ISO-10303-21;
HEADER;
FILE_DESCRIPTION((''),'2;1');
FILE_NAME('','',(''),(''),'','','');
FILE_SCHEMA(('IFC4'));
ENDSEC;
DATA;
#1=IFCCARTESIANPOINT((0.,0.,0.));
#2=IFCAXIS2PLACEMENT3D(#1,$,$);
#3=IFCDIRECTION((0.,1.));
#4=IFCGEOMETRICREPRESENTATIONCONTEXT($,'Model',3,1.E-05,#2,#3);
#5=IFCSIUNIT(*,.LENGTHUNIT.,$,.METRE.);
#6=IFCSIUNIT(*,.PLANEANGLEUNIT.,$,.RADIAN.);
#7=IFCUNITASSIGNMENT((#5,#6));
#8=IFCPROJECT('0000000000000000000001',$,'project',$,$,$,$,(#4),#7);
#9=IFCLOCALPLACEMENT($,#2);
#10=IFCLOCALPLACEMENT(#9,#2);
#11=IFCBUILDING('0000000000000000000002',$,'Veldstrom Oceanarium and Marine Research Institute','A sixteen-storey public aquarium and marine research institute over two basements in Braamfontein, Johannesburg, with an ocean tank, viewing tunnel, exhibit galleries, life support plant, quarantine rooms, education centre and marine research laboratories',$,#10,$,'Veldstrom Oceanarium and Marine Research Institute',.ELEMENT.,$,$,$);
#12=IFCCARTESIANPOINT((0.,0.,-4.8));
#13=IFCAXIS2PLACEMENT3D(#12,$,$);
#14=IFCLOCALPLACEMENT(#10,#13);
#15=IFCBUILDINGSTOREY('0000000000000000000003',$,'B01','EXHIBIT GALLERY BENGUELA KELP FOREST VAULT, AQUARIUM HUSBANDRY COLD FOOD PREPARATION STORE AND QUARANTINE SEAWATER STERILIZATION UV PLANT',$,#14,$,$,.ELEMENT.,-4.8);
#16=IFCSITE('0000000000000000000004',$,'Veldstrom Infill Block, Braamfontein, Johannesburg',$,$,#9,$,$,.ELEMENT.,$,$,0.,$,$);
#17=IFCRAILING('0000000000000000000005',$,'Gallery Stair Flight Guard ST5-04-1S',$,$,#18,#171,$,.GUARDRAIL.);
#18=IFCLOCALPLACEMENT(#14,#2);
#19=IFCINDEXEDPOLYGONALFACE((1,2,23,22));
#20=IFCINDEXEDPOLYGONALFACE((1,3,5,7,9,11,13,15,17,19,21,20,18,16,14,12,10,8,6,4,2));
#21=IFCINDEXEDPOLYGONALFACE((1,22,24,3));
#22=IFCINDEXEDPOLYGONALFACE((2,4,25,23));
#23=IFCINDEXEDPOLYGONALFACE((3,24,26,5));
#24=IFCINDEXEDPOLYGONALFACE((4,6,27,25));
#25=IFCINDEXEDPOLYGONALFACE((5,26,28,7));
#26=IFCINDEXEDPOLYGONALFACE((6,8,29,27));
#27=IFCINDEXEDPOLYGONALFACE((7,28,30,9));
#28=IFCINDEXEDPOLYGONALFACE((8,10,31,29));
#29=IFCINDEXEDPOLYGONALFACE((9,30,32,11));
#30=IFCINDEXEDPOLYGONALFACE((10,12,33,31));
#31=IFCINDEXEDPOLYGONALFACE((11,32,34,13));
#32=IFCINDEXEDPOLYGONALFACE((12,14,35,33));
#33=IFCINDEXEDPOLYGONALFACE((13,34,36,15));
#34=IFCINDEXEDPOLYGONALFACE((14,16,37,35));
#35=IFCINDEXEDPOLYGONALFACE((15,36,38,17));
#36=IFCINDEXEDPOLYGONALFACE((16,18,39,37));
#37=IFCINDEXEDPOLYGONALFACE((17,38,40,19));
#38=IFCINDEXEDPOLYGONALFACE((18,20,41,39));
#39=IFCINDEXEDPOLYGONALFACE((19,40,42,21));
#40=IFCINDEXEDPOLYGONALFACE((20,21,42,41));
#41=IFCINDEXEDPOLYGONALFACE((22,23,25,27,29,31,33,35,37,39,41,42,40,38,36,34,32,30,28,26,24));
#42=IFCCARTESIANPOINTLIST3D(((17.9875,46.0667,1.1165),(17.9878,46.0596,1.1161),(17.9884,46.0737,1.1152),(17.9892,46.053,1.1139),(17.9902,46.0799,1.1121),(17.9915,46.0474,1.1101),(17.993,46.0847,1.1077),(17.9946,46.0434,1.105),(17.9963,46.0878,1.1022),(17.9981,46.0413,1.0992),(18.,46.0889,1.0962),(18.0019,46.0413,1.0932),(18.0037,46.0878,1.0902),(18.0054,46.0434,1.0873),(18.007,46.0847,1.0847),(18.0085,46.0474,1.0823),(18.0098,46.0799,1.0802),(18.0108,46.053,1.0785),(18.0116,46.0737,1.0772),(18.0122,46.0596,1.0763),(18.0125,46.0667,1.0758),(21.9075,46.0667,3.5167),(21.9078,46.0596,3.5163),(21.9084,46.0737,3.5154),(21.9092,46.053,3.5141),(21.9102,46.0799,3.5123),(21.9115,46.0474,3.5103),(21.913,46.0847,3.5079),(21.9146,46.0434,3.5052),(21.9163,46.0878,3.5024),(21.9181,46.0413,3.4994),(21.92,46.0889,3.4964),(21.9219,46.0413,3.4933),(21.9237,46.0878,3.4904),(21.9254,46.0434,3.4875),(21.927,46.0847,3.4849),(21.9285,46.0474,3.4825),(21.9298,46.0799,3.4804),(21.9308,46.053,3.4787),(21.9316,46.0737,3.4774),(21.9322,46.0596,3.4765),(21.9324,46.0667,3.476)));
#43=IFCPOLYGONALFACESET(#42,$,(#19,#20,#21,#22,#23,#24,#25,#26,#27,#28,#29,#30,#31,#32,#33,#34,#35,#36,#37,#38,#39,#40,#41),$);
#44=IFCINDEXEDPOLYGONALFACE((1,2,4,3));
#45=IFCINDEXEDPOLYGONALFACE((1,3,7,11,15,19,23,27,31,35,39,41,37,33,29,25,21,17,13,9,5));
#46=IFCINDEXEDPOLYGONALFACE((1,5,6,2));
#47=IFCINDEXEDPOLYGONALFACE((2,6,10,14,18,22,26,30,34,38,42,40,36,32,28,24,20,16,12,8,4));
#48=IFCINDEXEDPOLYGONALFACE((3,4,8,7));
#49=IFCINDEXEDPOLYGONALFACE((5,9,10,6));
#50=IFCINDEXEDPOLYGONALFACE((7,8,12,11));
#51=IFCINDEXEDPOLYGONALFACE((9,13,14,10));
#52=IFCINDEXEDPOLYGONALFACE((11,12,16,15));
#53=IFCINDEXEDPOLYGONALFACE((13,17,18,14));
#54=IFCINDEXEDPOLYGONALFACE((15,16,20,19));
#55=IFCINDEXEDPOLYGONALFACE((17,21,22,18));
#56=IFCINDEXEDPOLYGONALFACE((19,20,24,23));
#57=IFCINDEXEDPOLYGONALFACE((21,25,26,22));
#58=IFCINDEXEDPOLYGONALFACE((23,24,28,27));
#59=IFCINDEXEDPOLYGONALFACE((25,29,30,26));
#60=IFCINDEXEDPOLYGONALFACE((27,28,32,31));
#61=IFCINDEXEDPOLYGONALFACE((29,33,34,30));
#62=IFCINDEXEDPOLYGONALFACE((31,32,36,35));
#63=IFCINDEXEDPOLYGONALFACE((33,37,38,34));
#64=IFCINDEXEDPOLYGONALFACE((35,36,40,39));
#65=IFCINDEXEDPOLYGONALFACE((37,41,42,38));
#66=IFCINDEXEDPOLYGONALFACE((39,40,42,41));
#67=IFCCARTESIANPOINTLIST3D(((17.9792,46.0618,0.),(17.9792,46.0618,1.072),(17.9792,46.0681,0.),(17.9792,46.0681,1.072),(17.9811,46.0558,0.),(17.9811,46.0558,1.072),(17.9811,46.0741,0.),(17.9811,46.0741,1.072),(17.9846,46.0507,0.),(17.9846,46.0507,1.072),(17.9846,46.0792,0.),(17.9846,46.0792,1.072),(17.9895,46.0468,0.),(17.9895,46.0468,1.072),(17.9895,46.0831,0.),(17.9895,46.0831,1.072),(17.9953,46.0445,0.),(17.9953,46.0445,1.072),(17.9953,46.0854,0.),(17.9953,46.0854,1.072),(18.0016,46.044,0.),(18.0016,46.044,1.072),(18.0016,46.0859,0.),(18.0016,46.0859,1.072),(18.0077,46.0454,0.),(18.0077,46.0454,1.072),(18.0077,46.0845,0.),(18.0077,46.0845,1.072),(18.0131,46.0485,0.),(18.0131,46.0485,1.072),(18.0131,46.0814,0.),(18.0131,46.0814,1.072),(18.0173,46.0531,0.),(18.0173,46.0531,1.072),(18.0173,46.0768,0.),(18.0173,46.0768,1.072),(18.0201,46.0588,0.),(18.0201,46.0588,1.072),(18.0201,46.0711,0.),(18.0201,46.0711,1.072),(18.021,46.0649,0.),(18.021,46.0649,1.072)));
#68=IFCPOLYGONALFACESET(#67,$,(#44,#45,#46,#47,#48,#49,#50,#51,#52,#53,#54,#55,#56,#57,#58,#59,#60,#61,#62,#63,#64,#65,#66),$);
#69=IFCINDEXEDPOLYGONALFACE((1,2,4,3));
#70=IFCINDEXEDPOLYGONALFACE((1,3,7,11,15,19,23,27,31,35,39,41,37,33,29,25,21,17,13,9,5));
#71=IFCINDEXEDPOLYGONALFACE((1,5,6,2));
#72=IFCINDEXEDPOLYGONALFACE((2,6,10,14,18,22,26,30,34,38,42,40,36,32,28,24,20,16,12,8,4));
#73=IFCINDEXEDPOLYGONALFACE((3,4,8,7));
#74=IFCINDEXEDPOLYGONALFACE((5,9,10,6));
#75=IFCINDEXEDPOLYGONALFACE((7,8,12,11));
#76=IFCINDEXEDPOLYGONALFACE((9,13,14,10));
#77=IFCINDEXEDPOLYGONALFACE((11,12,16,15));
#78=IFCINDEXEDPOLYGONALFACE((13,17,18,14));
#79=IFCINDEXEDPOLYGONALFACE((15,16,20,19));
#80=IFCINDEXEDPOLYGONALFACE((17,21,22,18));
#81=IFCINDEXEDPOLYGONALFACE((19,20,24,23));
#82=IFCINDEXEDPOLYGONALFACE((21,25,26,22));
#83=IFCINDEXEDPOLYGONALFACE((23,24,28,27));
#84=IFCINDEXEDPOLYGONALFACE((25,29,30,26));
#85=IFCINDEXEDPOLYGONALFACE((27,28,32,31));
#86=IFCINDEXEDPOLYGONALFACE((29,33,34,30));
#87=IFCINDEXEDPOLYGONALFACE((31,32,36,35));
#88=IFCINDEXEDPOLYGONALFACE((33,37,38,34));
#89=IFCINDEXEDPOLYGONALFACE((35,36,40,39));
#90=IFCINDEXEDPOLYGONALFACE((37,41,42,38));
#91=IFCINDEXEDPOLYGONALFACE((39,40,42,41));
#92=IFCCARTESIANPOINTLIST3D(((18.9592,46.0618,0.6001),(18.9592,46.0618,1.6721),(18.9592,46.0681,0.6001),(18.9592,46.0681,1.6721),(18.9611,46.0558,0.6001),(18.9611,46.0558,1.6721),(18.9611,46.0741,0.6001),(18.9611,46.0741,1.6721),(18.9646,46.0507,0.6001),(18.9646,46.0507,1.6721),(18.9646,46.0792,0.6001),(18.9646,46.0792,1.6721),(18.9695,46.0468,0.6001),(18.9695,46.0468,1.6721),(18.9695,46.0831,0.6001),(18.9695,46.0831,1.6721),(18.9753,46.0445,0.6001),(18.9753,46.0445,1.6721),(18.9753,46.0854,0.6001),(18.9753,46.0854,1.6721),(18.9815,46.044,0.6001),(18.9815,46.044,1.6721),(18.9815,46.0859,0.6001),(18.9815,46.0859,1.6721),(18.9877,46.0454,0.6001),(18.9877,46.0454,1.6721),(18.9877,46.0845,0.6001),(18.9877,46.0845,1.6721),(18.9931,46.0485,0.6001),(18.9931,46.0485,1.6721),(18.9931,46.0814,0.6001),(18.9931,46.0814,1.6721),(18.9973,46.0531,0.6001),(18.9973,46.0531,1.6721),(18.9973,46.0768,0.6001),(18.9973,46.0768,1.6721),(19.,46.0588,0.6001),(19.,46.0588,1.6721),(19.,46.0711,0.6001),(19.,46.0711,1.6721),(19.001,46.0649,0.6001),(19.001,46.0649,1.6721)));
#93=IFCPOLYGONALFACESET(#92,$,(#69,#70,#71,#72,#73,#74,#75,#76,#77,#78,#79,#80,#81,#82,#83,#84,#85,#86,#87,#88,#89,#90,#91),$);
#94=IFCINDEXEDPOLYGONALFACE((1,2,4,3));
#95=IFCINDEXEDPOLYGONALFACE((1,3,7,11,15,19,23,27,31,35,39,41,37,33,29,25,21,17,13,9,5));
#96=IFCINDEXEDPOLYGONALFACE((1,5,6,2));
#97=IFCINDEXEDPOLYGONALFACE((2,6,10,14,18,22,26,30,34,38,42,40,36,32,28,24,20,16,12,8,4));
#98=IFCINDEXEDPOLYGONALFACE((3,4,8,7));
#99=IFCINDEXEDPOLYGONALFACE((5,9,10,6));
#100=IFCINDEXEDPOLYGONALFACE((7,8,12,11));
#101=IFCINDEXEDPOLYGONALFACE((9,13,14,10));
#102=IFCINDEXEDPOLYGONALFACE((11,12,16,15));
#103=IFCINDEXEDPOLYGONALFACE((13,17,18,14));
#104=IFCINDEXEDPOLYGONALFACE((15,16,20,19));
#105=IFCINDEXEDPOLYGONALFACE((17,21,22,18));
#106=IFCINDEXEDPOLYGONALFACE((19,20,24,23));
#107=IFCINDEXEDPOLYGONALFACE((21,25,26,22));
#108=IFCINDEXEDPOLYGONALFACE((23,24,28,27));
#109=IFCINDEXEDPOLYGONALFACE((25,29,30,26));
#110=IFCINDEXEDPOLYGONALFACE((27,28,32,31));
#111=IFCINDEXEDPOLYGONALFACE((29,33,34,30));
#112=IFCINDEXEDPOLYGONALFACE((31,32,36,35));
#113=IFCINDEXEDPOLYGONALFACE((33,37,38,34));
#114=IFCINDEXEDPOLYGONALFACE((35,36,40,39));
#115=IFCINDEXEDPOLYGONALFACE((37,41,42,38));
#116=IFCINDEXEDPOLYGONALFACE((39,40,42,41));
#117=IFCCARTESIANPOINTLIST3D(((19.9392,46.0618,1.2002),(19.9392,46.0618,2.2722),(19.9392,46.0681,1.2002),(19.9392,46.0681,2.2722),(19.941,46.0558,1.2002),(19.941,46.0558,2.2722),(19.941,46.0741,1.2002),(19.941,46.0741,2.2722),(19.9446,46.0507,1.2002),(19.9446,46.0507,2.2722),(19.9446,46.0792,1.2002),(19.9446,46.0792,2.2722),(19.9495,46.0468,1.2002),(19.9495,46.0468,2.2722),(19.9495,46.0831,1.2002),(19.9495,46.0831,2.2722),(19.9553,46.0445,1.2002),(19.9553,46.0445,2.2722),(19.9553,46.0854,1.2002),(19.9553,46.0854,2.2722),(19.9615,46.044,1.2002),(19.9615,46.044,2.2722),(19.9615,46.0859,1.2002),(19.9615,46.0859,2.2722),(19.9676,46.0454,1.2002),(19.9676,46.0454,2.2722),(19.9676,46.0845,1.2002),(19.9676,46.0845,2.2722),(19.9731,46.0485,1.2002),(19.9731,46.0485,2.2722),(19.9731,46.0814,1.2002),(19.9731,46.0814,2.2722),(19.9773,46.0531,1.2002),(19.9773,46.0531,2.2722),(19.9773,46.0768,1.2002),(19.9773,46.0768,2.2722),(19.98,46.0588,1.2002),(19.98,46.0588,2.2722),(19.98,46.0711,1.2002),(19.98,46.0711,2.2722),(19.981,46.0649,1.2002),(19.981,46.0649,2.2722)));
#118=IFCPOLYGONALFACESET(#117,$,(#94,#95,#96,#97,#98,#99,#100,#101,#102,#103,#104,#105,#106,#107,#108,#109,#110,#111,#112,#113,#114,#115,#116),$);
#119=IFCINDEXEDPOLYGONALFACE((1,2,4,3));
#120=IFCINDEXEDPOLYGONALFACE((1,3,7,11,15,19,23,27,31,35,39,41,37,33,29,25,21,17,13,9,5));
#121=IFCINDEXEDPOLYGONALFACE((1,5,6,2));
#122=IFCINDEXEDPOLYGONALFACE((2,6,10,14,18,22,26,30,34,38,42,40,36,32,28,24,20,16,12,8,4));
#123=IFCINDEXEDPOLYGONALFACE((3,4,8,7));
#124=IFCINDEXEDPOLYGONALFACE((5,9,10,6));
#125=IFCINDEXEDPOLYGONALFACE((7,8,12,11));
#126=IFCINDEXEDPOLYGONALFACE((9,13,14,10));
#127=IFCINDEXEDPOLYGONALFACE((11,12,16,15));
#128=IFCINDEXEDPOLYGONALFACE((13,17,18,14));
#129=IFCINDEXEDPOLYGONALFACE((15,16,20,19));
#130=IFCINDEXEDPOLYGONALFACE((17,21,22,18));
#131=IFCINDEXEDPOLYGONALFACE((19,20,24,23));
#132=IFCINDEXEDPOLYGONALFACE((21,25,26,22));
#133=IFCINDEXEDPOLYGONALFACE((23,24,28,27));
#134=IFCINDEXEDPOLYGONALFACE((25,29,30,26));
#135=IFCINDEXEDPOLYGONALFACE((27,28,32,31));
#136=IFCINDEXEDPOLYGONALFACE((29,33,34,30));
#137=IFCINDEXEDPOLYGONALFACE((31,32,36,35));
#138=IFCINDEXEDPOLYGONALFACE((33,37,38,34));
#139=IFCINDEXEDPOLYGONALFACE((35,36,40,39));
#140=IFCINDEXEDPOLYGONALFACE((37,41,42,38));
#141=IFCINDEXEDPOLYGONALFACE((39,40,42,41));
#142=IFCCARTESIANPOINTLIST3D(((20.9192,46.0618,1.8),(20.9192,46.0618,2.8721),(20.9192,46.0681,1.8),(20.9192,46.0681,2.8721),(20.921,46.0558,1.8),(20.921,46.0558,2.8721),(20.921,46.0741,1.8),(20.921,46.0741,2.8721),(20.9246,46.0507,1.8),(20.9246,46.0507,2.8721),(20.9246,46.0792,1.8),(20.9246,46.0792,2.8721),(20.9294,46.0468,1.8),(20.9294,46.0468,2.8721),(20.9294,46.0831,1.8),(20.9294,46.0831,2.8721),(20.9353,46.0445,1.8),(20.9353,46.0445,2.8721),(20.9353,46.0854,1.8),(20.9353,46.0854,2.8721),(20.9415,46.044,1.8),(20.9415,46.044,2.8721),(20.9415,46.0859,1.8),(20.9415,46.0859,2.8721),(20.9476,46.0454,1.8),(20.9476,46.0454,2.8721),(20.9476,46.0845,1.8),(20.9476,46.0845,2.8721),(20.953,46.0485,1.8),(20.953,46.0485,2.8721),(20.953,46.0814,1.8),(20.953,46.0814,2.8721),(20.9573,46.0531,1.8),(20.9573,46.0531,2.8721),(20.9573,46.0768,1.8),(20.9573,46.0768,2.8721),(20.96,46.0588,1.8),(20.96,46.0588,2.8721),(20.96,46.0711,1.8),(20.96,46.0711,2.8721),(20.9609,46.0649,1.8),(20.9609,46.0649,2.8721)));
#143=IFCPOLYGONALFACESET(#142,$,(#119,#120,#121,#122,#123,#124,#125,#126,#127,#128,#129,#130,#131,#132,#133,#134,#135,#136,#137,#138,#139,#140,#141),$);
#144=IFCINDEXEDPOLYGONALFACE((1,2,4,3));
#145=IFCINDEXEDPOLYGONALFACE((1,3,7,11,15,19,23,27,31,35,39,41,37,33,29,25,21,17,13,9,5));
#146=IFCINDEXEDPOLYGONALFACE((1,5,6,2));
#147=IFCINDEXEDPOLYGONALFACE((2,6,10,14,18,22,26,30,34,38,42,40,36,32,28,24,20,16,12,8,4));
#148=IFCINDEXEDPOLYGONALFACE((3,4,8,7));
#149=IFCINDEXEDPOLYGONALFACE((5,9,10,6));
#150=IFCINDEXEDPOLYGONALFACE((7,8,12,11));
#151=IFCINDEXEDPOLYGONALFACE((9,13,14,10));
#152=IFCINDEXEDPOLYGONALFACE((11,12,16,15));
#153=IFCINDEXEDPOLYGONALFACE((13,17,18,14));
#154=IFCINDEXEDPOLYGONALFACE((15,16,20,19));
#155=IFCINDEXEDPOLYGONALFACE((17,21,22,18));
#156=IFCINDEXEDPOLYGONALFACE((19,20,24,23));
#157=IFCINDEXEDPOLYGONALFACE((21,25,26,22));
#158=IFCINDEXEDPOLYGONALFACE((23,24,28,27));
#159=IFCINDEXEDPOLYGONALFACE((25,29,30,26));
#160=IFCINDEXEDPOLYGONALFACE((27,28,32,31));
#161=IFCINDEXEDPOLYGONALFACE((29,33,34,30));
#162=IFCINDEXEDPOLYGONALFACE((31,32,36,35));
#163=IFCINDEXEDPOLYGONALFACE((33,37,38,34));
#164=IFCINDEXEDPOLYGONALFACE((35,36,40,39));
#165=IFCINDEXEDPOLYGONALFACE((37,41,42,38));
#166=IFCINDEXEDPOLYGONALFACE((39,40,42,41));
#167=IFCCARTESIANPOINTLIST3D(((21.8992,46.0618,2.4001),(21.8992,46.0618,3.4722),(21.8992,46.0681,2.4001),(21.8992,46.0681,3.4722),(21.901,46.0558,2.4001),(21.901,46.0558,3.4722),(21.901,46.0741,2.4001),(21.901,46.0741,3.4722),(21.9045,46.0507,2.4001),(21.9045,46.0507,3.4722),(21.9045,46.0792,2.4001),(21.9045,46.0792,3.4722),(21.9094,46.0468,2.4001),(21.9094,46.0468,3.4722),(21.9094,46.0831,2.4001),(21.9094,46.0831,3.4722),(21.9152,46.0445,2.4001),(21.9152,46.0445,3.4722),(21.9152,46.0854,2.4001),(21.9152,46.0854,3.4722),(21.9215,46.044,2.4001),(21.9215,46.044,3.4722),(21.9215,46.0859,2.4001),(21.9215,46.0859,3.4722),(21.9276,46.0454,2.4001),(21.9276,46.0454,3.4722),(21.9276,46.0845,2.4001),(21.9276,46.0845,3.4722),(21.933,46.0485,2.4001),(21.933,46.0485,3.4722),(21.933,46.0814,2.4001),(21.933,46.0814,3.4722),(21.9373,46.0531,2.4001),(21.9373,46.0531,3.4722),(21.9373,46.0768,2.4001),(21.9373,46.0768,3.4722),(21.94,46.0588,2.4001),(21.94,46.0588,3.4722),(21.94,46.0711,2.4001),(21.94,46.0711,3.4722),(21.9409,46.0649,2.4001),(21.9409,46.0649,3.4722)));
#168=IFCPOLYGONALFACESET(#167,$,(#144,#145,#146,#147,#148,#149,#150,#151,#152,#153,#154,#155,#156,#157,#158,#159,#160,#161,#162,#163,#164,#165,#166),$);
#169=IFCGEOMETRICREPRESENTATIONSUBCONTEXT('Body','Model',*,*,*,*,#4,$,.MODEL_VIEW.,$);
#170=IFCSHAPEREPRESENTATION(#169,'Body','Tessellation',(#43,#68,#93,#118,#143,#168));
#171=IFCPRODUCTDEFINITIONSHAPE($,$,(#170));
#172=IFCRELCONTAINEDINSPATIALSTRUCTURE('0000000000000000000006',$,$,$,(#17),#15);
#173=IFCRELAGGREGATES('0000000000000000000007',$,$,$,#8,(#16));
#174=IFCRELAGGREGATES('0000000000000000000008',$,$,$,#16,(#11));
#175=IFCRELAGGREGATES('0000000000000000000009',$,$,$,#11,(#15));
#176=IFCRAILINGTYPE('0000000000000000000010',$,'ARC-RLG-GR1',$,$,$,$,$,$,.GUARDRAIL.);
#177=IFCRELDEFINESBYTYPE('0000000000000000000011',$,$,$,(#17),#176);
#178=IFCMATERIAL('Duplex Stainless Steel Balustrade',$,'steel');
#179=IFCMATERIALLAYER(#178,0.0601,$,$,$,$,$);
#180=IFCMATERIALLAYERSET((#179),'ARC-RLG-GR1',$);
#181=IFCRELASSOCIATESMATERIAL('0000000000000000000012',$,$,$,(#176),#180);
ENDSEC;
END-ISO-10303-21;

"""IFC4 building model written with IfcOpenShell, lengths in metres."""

from ifc_helpers import new_model, si_unit, direction, frame, origin, origin_2d, place, context, subcontext, project, spatial, circle, extrude, material, layer, layer_set, type_object, element, save


model = new_model("IFC4")

# Units and contexts
model_context = context("Model", 3, precision=1e-05, world=origin(), true_north=direction((0.0, 1.0)))
body_context = subcontext(model_context, "Body", "Model", "MODEL_VIEW")
ifc_project = project(units=[si_unit("LENGTHUNIT", "METRE"), si_unit("PLANEANGLEUNIT", "RADIAN")], contexts=[model_context])

# Site, building, storey
site_placement = place(None, origin())
site = spatial("IfcSite", under=ifc_project, at=site_placement, Name="Veldstrom Infill Block, Braamfontein, Johannesburg", CompositionType="ELEMENT", RefElevation=0.0)
building_placement = place(site_placement, origin())
building = spatial("IfcBuilding", under=site, at=building_placement, Name="Veldstrom Oceanarium and Marine Research Institute", Description="A sixteen-storey public aquarium and marine research institute over two basements in Braamfontein, Johannesburg, with an ocean tank, viewing tunnel, exhibit galleries, life support plant, quarantine rooms, education centre and marine research laboratories", LongName="Veldstrom Oceanarium and Marine Research Institute", CompositionType="ELEMENT")
storey_placement = place(building_placement, frame((0.0, 0.0, -4.8)))
storey = spatial("IfcBuildingStorey", under=building, at=storey_placement, Name="B01", Description="EXHIBIT GALLERY BENGUELA KELP FOREST VAULT, AQUARIUM HUSBANDRY COLD FOOD PREPARATION STORE AND QUARANTINE SEAWATER STERILIZATION UV PLANT", CompositionType="ELEMENT", Elevation=-4.8)

# Railing
ifc_material_1 = material(Name="Duplex Stainless Steel Balustrade", Category="steel")
ifc_layer_1 = layer(ifc_material_1, 0.0601)
ifc_layer_set_1 = layer_set([ifc_layer_1], Name="ARC-RLG-GR1")
railing_type = type_object("IfcRailingType", Name="ARC-RLG-GR1", PredefinedType="GUARDRAIL", material=ifc_layer_set_1)
railing_1_placement = place(storey_placement, frame((18.0, 46.0649, 0.0)))
element("IfcRailing", 1, at=railing_1_placement, inside=storey, type_object=railing_type, Name="Gallery Stair Flight Guard ST5-04-1S", PredefinedType="GUARDRAIL", context=body_context, shape_type="SweptSolid", body=[
    extrude(circle(Radius=0.0239, at=origin_2d()), frame((0.0, 0.0, 1.0962), z_axis=(0.852832, 0.0, 0.522185), x_axis=(0.0, 1.0, 0.0)), (0.0, 0.0, 1.0), 4.5964),
    extrude(circle(Radius=0.021, at=origin_2d()), origin(), (0.0, 0.0, 1.0), 1.072),
    extrude(circle(Radius=0.021, at=origin_2d()), frame((0.98, 0.0, 0.6001)), (0.0, 0.0, 1.0), 1.072),
    extrude(circle(Radius=0.021, at=origin_2d()), frame((1.96, 0.0, 1.2002)), (0.0, 0.0, 1.0), 1.072),
    extrude(circle(Radius=0.021, at=origin_2d()), frame((2.9399, 0.0, 1.8)), (0.0, 0.0, 1.0), 1.072),
    extrude(circle(Radius=0.021, at=origin_2d()), frame((3.9199, 0.0, 2.4001)), (0.0, 0.0, 1.0), 1.072),
])

save(model, "model.ifc")
